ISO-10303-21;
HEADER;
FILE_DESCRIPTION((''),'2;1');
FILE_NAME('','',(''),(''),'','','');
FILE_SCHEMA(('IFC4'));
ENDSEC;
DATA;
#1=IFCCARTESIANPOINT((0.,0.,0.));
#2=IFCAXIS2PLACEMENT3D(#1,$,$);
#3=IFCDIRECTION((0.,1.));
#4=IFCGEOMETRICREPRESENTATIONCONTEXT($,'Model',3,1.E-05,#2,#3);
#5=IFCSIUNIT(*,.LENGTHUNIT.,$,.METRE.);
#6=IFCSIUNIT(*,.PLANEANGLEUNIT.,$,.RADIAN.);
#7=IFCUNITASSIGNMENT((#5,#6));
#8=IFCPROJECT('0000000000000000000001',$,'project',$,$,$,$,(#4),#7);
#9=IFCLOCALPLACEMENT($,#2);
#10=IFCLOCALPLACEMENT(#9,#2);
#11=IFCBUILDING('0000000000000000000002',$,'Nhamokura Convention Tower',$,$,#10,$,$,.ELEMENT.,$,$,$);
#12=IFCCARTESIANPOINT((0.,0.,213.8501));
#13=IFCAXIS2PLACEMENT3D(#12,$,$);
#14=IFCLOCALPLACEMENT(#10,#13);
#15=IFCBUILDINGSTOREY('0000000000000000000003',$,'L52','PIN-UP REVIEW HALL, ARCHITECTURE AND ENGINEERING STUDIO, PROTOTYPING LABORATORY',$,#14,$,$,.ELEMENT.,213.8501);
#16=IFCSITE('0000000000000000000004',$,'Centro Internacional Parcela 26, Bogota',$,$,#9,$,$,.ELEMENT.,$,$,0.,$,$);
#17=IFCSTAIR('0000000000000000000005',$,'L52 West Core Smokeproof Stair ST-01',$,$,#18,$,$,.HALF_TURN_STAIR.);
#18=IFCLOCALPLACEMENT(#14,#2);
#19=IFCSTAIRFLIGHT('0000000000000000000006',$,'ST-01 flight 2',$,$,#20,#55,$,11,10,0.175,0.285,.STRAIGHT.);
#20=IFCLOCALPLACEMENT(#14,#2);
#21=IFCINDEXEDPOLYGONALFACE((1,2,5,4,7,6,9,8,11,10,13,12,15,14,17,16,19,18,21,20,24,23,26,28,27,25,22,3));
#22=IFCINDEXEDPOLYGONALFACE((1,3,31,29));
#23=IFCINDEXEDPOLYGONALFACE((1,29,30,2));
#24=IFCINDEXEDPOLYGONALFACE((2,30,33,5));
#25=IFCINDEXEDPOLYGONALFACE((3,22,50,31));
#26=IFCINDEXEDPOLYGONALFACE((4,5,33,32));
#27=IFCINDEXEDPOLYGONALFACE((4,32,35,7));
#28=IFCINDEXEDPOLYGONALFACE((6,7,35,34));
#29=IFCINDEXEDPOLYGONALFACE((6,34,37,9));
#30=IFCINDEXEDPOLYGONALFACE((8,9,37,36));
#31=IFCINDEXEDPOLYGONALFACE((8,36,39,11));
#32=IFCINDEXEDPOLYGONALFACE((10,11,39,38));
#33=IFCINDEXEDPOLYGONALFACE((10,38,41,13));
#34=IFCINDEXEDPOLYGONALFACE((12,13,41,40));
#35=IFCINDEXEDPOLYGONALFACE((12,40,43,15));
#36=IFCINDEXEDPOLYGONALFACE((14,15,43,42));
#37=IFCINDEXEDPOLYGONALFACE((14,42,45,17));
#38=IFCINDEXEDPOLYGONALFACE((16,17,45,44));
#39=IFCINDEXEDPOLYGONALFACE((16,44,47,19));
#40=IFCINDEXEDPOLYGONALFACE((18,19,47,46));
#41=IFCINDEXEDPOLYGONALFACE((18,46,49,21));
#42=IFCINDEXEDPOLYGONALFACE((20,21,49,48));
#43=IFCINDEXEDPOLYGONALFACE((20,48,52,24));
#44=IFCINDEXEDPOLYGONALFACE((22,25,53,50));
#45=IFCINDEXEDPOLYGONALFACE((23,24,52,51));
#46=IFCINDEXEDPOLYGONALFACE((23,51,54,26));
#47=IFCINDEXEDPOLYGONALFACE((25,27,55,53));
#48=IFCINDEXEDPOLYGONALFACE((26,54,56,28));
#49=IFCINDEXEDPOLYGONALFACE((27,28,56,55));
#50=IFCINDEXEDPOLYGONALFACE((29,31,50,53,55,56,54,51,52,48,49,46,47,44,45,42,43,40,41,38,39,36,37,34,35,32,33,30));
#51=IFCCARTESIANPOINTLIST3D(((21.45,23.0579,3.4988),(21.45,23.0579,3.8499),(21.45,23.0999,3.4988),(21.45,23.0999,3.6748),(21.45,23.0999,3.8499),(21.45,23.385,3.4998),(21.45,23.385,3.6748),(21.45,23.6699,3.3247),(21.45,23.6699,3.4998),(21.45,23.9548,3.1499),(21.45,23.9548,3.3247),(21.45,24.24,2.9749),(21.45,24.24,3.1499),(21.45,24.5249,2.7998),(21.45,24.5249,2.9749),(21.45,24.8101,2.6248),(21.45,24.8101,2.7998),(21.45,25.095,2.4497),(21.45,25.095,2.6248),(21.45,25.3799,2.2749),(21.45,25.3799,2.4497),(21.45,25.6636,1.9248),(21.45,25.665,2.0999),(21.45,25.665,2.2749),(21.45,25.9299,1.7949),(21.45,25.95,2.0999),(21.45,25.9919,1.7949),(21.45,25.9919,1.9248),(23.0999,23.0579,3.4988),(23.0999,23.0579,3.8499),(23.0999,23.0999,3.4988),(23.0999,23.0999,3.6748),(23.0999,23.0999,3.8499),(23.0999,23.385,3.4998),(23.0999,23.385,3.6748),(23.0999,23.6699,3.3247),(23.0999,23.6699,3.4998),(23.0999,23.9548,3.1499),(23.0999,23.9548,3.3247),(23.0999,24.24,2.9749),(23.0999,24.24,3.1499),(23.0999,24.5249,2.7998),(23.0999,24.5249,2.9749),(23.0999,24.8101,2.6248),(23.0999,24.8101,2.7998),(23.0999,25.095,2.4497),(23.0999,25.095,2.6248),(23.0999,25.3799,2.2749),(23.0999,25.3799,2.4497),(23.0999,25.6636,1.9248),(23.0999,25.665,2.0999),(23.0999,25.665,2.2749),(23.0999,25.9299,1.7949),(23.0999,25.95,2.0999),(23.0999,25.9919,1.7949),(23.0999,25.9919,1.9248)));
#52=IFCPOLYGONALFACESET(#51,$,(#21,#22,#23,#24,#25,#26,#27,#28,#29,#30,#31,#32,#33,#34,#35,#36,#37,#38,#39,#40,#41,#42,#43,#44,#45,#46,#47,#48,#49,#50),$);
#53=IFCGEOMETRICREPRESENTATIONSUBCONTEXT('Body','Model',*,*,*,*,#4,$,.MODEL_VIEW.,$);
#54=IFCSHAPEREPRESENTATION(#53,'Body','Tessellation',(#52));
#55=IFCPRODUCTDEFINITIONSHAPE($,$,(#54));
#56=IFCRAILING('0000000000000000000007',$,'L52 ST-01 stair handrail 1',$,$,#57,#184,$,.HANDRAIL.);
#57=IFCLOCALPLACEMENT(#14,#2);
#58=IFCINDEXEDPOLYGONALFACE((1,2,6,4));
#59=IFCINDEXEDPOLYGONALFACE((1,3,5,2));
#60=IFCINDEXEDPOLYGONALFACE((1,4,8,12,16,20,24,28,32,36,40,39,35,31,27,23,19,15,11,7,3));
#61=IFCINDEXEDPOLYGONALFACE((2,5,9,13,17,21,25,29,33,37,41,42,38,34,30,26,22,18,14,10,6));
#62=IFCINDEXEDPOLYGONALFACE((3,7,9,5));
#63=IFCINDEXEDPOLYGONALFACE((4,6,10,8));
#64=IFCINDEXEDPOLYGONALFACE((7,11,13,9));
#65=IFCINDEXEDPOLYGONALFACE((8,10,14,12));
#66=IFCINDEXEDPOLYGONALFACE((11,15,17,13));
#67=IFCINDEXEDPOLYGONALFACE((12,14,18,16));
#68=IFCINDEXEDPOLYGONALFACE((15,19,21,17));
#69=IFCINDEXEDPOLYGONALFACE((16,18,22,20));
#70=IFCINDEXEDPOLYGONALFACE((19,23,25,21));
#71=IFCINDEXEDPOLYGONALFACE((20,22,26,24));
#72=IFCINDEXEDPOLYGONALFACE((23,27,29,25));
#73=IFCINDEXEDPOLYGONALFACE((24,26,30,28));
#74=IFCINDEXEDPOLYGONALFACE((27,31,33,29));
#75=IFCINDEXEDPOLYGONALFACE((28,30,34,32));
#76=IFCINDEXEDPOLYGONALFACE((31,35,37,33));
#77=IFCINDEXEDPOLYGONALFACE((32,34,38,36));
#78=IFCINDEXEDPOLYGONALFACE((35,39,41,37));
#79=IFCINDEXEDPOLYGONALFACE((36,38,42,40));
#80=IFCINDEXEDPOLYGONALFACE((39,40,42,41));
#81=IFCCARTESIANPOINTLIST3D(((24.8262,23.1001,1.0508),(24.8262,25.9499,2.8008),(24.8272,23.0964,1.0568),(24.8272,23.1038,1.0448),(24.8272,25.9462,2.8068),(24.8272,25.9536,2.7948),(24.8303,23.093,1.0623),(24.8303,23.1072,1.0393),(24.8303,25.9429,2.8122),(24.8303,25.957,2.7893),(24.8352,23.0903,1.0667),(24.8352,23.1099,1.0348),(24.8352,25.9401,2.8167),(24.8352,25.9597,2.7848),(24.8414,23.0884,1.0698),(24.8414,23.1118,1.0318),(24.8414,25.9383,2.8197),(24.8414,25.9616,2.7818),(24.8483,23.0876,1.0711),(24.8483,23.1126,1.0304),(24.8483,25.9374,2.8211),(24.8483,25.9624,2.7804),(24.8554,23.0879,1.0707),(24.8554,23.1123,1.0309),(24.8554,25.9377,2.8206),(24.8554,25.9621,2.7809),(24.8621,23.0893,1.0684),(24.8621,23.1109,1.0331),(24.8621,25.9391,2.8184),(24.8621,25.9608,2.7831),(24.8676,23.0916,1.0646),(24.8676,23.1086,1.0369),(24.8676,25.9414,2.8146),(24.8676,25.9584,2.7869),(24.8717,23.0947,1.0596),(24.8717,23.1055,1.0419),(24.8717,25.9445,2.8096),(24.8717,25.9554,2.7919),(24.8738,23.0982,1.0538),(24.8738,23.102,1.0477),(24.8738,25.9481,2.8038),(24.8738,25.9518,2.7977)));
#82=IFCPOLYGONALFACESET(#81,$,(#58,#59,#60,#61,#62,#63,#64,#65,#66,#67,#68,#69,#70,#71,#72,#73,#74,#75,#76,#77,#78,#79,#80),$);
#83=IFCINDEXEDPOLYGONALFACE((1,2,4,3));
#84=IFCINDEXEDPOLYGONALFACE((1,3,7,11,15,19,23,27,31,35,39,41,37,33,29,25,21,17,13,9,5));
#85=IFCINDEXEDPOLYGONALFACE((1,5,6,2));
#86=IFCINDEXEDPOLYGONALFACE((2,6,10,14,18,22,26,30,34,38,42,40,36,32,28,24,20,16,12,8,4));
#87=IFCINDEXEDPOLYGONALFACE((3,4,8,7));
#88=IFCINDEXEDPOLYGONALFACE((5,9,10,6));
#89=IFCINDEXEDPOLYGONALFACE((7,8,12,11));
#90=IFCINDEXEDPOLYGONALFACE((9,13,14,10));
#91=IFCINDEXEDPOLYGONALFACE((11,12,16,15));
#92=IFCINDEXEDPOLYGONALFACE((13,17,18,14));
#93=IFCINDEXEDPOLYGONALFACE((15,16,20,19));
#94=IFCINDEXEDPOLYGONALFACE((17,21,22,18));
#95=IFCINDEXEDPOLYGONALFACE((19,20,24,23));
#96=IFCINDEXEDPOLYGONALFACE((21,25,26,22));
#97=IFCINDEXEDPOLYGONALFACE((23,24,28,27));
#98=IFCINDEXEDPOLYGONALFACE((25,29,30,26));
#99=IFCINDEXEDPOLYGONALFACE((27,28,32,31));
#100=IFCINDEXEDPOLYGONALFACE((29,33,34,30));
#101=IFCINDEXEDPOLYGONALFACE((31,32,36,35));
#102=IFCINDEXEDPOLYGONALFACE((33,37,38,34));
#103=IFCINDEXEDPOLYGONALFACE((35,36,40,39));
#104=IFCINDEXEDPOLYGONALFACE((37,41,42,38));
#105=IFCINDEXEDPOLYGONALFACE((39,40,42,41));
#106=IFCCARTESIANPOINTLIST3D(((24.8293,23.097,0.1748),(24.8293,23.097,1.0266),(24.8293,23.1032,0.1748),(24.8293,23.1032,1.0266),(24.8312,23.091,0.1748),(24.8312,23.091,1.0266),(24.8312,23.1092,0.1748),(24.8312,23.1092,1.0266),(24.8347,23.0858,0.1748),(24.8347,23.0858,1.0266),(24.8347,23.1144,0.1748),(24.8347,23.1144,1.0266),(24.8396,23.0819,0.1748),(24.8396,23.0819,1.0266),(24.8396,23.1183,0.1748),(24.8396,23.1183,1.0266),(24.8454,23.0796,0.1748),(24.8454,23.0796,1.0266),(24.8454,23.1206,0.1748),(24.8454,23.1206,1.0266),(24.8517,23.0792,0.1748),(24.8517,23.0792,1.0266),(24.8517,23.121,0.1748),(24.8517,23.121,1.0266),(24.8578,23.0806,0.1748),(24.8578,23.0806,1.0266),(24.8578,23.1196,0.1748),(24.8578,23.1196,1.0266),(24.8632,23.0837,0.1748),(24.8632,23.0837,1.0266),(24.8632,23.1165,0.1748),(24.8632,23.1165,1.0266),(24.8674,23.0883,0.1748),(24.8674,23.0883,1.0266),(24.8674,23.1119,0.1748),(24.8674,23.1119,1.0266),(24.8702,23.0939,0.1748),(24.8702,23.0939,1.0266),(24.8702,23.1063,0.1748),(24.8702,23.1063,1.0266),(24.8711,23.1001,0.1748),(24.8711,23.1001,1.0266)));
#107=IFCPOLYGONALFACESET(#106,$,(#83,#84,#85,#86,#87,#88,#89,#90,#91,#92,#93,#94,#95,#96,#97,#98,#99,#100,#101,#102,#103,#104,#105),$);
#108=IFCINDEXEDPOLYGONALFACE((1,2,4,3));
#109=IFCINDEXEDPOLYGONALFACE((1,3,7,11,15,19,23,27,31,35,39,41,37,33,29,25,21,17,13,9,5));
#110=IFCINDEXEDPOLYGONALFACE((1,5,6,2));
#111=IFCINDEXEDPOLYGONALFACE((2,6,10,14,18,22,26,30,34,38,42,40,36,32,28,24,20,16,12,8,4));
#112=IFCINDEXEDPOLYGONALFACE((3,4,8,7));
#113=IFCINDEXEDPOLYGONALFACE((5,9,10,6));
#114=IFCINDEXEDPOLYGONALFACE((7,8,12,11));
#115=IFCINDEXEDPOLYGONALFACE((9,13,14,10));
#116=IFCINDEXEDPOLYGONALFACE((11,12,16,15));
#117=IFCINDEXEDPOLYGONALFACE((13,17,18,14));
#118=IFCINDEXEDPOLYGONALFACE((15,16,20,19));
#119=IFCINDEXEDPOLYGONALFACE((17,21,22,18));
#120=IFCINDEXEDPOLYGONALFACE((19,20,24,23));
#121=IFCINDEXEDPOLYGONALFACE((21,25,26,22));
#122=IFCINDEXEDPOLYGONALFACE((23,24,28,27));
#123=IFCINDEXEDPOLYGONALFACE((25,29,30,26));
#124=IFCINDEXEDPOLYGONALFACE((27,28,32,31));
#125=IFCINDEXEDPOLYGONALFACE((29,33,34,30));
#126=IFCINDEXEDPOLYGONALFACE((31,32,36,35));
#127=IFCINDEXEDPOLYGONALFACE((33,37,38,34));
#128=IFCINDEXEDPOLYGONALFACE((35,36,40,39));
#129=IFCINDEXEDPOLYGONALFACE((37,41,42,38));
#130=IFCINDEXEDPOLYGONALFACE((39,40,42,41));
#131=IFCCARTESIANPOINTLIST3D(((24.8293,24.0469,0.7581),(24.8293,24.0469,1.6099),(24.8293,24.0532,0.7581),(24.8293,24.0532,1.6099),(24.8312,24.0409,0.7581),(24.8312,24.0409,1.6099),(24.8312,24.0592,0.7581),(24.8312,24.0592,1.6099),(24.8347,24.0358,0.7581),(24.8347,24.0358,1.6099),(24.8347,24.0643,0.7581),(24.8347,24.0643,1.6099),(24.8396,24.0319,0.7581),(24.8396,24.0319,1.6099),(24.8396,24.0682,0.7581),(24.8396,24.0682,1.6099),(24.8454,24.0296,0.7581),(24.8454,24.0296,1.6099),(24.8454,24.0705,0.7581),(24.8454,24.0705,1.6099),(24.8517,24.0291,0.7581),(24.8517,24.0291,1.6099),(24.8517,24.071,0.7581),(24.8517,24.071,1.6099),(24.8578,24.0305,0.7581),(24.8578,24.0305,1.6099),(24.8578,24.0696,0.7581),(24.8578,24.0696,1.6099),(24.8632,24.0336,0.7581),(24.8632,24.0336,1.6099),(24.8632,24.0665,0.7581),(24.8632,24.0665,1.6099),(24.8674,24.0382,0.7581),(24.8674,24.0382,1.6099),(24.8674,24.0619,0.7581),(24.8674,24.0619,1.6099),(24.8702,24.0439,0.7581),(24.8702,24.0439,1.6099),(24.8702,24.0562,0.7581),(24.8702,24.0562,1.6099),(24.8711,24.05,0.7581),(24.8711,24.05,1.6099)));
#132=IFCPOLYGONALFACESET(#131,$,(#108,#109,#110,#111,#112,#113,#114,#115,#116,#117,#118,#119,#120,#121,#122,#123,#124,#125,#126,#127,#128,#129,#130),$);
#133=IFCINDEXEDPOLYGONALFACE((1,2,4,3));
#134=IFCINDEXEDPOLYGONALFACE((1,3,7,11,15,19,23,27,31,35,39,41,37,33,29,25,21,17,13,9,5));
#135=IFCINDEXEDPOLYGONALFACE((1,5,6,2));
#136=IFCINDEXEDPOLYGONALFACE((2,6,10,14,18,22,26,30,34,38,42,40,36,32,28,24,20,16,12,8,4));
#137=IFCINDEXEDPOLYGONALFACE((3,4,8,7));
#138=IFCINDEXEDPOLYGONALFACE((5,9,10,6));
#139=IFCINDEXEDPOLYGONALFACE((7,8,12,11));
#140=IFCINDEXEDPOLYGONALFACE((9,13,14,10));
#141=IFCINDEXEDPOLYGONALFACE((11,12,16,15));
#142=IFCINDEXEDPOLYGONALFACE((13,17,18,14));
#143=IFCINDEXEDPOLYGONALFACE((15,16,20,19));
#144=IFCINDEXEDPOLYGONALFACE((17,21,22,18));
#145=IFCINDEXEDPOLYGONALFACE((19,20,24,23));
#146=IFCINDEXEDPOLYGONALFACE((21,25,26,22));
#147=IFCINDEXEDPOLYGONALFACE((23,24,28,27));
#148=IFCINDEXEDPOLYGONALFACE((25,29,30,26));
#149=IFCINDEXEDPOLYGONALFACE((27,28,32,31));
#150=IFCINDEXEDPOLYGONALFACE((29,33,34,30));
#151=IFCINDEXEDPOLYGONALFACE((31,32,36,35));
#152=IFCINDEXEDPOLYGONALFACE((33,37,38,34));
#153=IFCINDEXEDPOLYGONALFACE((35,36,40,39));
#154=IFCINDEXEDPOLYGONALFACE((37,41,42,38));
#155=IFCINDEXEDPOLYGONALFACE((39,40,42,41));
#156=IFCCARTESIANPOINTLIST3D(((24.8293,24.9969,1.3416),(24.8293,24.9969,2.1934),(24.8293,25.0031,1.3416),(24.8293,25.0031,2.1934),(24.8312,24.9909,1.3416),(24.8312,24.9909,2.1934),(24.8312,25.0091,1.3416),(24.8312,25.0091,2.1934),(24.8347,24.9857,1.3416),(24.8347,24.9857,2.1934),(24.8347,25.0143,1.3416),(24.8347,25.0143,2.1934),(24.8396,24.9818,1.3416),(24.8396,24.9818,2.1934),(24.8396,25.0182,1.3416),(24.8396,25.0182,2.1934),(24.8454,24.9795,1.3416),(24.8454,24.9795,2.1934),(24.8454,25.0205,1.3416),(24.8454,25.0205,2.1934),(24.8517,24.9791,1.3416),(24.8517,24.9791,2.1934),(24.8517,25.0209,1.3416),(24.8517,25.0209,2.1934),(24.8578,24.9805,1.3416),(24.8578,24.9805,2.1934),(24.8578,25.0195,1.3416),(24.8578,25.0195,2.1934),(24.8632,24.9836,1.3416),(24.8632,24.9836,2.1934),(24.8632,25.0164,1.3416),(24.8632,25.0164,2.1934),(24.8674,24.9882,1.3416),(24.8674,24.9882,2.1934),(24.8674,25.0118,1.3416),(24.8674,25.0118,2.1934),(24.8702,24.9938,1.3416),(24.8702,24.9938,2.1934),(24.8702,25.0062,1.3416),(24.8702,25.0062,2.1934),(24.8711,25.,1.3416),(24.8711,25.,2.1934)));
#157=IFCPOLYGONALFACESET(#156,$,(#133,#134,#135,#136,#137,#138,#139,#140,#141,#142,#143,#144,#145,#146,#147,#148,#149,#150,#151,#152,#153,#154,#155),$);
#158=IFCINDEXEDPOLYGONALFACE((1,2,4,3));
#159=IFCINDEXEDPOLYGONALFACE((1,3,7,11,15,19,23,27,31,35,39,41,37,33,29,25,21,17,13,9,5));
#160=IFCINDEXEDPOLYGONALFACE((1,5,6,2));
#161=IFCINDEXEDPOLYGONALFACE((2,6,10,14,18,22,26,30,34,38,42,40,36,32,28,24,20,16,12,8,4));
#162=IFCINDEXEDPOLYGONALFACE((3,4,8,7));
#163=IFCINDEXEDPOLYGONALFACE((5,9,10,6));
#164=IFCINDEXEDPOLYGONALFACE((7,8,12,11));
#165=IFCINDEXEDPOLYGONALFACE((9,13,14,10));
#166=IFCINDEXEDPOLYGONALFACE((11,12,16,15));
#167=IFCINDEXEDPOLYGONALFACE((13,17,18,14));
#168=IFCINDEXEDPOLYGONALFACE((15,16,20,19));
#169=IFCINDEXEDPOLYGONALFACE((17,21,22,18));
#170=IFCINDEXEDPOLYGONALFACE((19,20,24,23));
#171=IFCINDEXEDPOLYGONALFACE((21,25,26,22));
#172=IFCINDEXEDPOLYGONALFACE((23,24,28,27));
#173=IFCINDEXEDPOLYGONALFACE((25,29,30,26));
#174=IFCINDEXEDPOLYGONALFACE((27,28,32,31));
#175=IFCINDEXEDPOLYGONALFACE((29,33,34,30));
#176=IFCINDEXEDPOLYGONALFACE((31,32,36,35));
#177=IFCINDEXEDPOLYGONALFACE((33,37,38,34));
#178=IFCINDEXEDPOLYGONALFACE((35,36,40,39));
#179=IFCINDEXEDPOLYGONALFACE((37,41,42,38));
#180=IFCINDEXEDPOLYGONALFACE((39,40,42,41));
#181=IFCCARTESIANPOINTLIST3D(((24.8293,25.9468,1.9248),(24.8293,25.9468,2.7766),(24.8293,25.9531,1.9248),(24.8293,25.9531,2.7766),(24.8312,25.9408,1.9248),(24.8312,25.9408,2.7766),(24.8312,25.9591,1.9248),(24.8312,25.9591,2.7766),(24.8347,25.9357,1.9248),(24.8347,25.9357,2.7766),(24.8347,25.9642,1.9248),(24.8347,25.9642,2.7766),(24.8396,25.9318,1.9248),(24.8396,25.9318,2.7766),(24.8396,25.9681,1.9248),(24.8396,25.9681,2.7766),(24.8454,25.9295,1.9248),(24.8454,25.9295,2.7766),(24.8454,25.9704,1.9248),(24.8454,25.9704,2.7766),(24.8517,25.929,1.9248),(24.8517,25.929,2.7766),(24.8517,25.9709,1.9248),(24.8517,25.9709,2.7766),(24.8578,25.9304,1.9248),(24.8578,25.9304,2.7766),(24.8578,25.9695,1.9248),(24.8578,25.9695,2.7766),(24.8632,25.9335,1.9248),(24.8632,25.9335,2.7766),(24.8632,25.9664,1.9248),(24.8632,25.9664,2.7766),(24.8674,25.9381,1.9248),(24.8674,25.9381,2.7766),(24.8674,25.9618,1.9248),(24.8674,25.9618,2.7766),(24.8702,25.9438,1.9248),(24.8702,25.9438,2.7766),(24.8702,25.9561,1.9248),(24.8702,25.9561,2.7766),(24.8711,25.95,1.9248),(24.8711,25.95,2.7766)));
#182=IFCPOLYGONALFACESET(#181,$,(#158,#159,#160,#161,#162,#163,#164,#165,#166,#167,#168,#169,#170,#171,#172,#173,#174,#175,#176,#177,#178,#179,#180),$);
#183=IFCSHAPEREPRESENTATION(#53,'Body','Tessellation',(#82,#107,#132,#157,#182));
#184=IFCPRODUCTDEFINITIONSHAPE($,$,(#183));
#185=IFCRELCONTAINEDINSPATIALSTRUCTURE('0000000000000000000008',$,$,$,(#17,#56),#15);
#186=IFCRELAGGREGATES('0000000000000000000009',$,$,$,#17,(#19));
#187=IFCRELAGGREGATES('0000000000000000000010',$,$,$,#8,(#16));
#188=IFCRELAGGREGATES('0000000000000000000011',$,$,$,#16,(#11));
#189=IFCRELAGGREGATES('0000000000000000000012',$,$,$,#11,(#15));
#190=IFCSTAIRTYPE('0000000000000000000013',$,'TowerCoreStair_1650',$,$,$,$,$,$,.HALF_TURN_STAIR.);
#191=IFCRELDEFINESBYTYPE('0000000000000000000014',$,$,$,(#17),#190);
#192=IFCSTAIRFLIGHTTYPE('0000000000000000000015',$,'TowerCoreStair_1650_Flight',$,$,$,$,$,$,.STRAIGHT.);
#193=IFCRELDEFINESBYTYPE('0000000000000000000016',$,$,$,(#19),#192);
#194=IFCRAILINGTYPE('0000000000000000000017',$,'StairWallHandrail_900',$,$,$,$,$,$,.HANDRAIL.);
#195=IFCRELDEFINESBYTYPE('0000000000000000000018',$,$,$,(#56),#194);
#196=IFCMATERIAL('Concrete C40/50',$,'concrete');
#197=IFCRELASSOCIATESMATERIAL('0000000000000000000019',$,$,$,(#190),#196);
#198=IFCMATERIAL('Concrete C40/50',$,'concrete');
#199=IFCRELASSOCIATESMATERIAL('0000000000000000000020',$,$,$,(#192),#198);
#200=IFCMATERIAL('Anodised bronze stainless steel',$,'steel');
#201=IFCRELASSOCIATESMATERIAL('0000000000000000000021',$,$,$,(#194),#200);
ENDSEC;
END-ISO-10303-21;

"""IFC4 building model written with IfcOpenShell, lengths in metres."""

from ifc_helpers import new_model, si_unit, direction, frame, origin, origin_2d, place, context, subcontext, project, spatial, polyline, circle, outline, extrude, material, type_object, element, aggregate, save


model = new_model("IFC4")

# Units and contexts
model_context = context("Model", 3, precision=1e-05, world=origin(), true_north=direction((0.0, 1.0)))
body_context = subcontext(model_context, "Body", "Model", "MODEL_VIEW")
ifc_project = project(units=[si_unit("LENGTHUNIT", "METRE"), si_unit("PLANEANGLEUNIT", "RADIAN")], contexts=[model_context])

# Site, building, storey
site_placement = place(None, origin())
site = spatial("IfcSite", under=ifc_project, at=site_placement, Name="Centro Internacional Parcela 26, Bogota", CompositionType="ELEMENT", RefElevation=0.0)
building_placement = place(site_placement, origin())
building = spatial("IfcBuilding", under=site, at=building_placement, Name="Nhamokura Convention Tower", CompositionType="ELEMENT")
storey_placement = place(building_placement, frame((0.0, 0.0, 213.8501)))
storey = spatial("IfcBuildingStorey", under=building, at=storey_placement, Name="L52", Description="PIN-UP REVIEW HALL, ARCHITECTURE AND ENGINEERING STUDIO, PROTOTYPING LABORATORY", CompositionType="ELEMENT", Elevation=213.8501)

# Stair, stair flight
ifc_material_1 = material(Name="Concrete C40/50", Category="concrete")
stair_type = type_object("IfcStairType", Name="TowerCoreStair_1650", PredefinedType="HALF_TURN_STAIR", material=ifc_material_1)
stair_placement = place(storey_placement, origin())
stair = element("IfcStair", 1, at=stair_placement, inside=storey, type_object=stair_type, Name="L52 West Core Smokeproof Stair ST-01", PredefinedType="HALF_TURN_STAIR")
ifc_material_2 = material(Name="Concrete C40/50", Category="concrete")
stair_flight_type = type_object("IfcStairFlightType", Name="TowerCoreStair_1650_Flight", PredefinedType="STRAIGHT", material=ifc_material_2)
stair_flight_1_placement = place(storey_placement, frame((22.2749, 25.95, 1.9248), z_axis=(0.0, 0.0, 1.0), x_axis=(0.0, -1.0, 0.0)))
stair_flight_1 = element("IfcStairFlight", 2, at=stair_flight_1_placement, type_object=stair_flight_type, Name="ST-01 flight 2", NumberOfRisers=11, NumberOfTreads=10, PredefinedType="STRAIGHT", RiserHeight=0.175, TreadLength=0.285, context=body_context, shape_type="SweptSolid", body=[
    extrude(outline(polyline([(-0.042, 0.0), (0.0, 0.175), (0.2849, 0.175), (0.2849, 0.3501), (0.5701, 0.3501), (0.5701, 0.5249), (0.855, 0.5249), (0.855, 0.7), (1.1399, 0.7), (1.1399, 0.875), (1.425, 0.875), (1.425, 1.05), (1.71, 1.05), (1.71, 1.2251), (1.9951, 1.2251), (1.9951, 1.3999), (2.28, 1.3999), (2.28, 1.575), (2.5649, 1.575), (2.5649, 1.75), (2.8501, 1.75), (2.8501, 1.925), (2.8921, 1.925), (2.8921, 1.574), (2.8501, 1.574), (0.2864, 0.0), (0.02, -0.1299), (-0.042, -0.1299), (-0.042, 0.0)])), frame((0.0, 0.825, 0.0), z_axis=(0.0, -1.0, 0.0), x_axis=(1.0, 0.0, 0.0)), (0.0, 0.0, 1.0), 1.6499),
])
aggregate(stair, [stair_flight_1])

# Railing
ifc_material_3 = material(Name="Anodised bronze stainless steel", Category="steel")
railing_type_1 = type_object("IfcRailingType", Name="StairWallHandrail_900", PredefinedType="HANDRAIL", material=ifc_material_3)
railing_1_placement = place(storey_placement, frame((24.8501, 23.1001, 0.1748)))
element("IfcRailing", 3, at=railing_1_placement, inside=storey, type_object=railing_type_1, Name="L52 ST-01 stair handrail 1", PredefinedType="HANDRAIL", context=body_context, shape_type="SweptSolid", body=[
    extrude(circle(Radius=0.0239, at=origin_2d()), frame((0.0, 0.0, 0.876), z_axis=(0.0, 0.852159, 0.523283), x_axis=(-1.0, 0.0, 0.0)), (0.0, 0.0, 1.0), 3.3442),
    extrude(circle(Radius=0.021, at=origin_2d()), origin(), (0.0, 0.0, 1.0), 0.8518),
    extrude(circle(Radius=0.021, at=origin_2d()), frame((0.0, 0.95, 0.5833)), (0.0, 0.0, 1.0), 0.8518),
    extrude(circle(Radius=0.021, at=origin_2d()), frame((0.0, 1.8999, 1.1667)), (0.0, 0.0, 1.0), 0.8518),
    extrude(circle(Radius=0.021, at=origin_2d()), frame((0.0, 2.8499, 1.75)), (0.0, 0.0, 1.0), 0.8518),
])

save(model, "model.ifc")
